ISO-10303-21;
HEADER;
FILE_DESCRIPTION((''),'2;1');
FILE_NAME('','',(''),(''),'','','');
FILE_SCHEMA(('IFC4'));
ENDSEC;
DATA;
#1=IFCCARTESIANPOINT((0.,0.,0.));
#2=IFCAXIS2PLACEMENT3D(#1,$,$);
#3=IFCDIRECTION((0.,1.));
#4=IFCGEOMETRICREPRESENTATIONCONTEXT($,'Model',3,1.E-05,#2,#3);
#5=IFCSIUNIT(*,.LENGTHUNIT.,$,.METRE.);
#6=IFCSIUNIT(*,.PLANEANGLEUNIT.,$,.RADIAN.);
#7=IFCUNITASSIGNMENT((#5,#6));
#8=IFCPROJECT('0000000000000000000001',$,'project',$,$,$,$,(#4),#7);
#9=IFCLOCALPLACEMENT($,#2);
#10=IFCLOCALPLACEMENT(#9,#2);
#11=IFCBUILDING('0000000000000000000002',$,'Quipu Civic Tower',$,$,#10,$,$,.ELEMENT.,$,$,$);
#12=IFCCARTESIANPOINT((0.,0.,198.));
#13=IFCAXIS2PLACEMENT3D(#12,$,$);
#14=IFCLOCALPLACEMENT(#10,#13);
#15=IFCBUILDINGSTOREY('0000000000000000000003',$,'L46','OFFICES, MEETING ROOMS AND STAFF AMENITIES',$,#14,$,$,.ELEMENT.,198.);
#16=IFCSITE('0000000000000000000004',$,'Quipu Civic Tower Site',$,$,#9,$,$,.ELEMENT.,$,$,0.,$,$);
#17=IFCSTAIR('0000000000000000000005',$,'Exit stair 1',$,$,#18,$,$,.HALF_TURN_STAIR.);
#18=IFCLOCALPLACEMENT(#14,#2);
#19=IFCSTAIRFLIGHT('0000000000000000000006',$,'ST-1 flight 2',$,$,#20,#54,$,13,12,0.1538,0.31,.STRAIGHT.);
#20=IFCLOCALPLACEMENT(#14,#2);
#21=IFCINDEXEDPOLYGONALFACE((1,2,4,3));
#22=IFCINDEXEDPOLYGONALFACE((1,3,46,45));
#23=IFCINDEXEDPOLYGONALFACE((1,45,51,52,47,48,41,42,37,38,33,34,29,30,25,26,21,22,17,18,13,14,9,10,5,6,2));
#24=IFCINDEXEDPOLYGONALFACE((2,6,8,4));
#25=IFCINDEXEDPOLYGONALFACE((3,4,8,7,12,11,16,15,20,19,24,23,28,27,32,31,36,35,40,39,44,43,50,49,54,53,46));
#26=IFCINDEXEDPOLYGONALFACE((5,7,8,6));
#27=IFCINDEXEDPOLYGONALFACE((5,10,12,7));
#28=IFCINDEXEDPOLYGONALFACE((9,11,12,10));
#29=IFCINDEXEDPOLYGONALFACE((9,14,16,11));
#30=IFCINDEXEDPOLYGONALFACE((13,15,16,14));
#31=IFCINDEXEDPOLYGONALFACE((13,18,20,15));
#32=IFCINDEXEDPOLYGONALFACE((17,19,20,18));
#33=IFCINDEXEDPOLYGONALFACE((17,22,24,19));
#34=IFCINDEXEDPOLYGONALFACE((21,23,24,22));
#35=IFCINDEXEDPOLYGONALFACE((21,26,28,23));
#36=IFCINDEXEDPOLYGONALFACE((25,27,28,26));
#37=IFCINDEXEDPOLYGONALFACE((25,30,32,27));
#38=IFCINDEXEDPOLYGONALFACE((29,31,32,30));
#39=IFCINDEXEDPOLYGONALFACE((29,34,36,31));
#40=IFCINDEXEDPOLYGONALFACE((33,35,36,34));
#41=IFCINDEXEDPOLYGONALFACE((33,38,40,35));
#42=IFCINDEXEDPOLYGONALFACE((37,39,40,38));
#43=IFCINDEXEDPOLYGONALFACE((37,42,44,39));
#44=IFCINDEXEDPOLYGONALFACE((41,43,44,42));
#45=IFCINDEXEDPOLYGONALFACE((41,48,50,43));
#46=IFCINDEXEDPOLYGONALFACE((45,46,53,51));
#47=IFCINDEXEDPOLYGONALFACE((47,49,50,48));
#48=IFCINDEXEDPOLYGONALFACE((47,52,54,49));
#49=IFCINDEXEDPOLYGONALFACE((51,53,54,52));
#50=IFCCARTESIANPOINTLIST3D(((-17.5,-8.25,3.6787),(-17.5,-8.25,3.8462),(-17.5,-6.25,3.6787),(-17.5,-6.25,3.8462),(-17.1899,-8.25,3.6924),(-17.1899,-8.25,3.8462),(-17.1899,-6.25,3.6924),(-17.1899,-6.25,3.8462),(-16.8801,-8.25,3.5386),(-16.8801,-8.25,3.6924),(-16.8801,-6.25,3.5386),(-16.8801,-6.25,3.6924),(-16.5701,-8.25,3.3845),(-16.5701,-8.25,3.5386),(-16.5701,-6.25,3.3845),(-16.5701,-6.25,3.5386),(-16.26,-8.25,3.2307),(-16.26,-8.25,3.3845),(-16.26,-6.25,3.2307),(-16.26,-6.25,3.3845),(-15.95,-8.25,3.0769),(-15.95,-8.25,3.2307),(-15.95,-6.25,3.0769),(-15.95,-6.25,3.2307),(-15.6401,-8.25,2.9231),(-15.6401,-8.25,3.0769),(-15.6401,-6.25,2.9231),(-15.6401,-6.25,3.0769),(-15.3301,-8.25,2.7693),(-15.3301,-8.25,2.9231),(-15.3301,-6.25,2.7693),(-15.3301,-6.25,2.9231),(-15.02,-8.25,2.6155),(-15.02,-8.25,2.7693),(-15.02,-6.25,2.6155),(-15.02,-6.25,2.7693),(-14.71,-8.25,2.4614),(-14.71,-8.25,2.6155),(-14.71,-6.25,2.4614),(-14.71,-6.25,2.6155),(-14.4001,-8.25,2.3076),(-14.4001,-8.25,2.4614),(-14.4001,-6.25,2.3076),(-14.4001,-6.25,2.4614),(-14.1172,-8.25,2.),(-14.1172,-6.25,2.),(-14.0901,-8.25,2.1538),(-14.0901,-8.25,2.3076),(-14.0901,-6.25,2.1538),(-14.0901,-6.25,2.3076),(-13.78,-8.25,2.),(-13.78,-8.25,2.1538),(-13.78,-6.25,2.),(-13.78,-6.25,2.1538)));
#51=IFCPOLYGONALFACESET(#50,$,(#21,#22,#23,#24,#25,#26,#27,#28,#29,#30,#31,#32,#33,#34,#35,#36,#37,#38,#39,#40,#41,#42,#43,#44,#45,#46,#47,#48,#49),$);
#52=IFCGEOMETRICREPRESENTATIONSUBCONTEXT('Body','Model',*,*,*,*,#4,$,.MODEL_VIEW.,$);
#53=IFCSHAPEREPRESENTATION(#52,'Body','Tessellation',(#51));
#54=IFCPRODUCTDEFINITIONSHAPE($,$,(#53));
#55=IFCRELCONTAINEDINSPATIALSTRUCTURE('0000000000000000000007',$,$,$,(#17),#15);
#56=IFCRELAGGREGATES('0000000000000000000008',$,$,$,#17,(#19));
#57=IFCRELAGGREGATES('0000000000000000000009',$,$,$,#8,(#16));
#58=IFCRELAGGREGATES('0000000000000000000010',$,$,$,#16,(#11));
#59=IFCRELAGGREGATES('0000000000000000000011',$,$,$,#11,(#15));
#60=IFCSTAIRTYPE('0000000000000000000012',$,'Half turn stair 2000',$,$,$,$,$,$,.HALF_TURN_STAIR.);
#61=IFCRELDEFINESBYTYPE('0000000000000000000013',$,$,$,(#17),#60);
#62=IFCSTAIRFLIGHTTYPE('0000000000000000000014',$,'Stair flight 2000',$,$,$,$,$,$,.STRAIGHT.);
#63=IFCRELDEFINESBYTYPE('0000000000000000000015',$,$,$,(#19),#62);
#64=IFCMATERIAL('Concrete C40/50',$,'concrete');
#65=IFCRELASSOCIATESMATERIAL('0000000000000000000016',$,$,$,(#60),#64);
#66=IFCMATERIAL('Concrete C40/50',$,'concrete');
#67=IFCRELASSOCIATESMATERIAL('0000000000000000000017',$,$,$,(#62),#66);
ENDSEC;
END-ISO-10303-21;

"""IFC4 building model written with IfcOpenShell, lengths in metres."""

from ifc_helpers import new_model, si_unit, direction, frame, origin, place, context, subcontext, project, spatial, polyline, outline, extrude, material, type_object, element, aggregate, save


model = new_model("IFC4")

# Units and contexts
model_context = context("Model", 3, precision=1e-05, world=origin(), true_north=direction((0.0, 1.0)))
body_context = subcontext(model_context, "Body", "Model", "MODEL_VIEW")
ifc_project = project(units=[si_unit("LENGTHUNIT", "METRE"), si_unit("PLANEANGLEUNIT", "RADIAN")], contexts=[model_context])

# Site, building, storey
site_placement = place(None, origin())
site = spatial("IfcSite", under=ifc_project, at=site_placement, Name="Quipu Civic Tower Site", CompositionType="ELEMENT", RefElevation=0.0)
building_placement = place(site_placement, origin())
building = spatial("IfcBuilding", under=site, at=building_placement, Name="Quipu Civic Tower", CompositionType="ELEMENT")
storey_placement = place(building_placement, frame((0.0, 0.0, 198.0)))
storey = spatial("IfcBuildingStorey", under=building, at=storey_placement, Name="L46", Description="OFFICES, MEETING ROOMS AND STAFF AMENITIES", CompositionType="ELEMENT", Elevation=198.0)

# Stair, stair flight
ifc_material_1 = material(Name="Concrete C40/50", Category="concrete")
stair_type = type_object("IfcStairType", Name="Half turn stair 2000", PredefinedType="HALF_TURN_STAIR", material=ifc_material_1)
stair_placement = place(storey_placement, origin())
stair = element("IfcStair", 1, at=stair_placement, inside=storey, type_object=stair_type, Name="Exit stair 1", PredefinedType="HALF_TURN_STAIR")
ifc_material_2 = material(Name="Concrete C40/50", Category="concrete")
stair_flight_type = type_object("IfcStairFlightType", Name="Stair flight 2000", PredefinedType="STRAIGHT", material=ifc_material_2)
stair_flight_placement = place(storey_placement, frame((-13.78, -7.25, 2.0), z_axis=(0.0, 0.0, 1.0), x_axis=(-1.0, 0.0, 0.0)))
stair_flight = element("IfcStairFlight", 2, at=stair_flight_placement, type_object=stair_flight_type, Name="ST-1 flight 2", NumberOfRisers=13, NumberOfTreads=12, PredefinedType="STRAIGHT", RiserHeight=0.1538, TreadLength=0.31, context=body_context, shape_type="SweptSolid", body=[
    extrude(outline(polyline([(0.0, 0.0), (0.0, 0.1538), (0.3101, 0.1538), (0.3101, 0.3076), (0.6201, 0.3076), (0.6201, 0.4614), (0.9299, 0.4614), (0.9299, 0.6155), (1.24, 0.6155), (1.24, 0.7693), (1.55, 0.7693), (1.55, 0.9231), (1.8601, 0.9231), (1.8601, 1.0769), (2.1699, 1.0769), (2.1699, 1.2307), (2.48, 1.2307), (2.48, 1.3845), (2.79, 1.3845), (2.79, 1.5386), (3.1001, 1.5386), (3.1001, 1.6924), (3.4099, 1.6924), (3.4099, 1.8462), (3.72, 1.8462), (3.72, 2.0), (3.72, 1.6787), (0.3372, 0.0), (0.0, 0.0)])), frame((0.0, 1.0, 0.0), z_axis=(0.0, -1.0, 0.0), x_axis=(1.0, 0.0, 0.0)), (0.0, 0.0, 1.0), 2.0),
])
aggregate(stair, [stair_flight])

save(model, "model.ifc")
